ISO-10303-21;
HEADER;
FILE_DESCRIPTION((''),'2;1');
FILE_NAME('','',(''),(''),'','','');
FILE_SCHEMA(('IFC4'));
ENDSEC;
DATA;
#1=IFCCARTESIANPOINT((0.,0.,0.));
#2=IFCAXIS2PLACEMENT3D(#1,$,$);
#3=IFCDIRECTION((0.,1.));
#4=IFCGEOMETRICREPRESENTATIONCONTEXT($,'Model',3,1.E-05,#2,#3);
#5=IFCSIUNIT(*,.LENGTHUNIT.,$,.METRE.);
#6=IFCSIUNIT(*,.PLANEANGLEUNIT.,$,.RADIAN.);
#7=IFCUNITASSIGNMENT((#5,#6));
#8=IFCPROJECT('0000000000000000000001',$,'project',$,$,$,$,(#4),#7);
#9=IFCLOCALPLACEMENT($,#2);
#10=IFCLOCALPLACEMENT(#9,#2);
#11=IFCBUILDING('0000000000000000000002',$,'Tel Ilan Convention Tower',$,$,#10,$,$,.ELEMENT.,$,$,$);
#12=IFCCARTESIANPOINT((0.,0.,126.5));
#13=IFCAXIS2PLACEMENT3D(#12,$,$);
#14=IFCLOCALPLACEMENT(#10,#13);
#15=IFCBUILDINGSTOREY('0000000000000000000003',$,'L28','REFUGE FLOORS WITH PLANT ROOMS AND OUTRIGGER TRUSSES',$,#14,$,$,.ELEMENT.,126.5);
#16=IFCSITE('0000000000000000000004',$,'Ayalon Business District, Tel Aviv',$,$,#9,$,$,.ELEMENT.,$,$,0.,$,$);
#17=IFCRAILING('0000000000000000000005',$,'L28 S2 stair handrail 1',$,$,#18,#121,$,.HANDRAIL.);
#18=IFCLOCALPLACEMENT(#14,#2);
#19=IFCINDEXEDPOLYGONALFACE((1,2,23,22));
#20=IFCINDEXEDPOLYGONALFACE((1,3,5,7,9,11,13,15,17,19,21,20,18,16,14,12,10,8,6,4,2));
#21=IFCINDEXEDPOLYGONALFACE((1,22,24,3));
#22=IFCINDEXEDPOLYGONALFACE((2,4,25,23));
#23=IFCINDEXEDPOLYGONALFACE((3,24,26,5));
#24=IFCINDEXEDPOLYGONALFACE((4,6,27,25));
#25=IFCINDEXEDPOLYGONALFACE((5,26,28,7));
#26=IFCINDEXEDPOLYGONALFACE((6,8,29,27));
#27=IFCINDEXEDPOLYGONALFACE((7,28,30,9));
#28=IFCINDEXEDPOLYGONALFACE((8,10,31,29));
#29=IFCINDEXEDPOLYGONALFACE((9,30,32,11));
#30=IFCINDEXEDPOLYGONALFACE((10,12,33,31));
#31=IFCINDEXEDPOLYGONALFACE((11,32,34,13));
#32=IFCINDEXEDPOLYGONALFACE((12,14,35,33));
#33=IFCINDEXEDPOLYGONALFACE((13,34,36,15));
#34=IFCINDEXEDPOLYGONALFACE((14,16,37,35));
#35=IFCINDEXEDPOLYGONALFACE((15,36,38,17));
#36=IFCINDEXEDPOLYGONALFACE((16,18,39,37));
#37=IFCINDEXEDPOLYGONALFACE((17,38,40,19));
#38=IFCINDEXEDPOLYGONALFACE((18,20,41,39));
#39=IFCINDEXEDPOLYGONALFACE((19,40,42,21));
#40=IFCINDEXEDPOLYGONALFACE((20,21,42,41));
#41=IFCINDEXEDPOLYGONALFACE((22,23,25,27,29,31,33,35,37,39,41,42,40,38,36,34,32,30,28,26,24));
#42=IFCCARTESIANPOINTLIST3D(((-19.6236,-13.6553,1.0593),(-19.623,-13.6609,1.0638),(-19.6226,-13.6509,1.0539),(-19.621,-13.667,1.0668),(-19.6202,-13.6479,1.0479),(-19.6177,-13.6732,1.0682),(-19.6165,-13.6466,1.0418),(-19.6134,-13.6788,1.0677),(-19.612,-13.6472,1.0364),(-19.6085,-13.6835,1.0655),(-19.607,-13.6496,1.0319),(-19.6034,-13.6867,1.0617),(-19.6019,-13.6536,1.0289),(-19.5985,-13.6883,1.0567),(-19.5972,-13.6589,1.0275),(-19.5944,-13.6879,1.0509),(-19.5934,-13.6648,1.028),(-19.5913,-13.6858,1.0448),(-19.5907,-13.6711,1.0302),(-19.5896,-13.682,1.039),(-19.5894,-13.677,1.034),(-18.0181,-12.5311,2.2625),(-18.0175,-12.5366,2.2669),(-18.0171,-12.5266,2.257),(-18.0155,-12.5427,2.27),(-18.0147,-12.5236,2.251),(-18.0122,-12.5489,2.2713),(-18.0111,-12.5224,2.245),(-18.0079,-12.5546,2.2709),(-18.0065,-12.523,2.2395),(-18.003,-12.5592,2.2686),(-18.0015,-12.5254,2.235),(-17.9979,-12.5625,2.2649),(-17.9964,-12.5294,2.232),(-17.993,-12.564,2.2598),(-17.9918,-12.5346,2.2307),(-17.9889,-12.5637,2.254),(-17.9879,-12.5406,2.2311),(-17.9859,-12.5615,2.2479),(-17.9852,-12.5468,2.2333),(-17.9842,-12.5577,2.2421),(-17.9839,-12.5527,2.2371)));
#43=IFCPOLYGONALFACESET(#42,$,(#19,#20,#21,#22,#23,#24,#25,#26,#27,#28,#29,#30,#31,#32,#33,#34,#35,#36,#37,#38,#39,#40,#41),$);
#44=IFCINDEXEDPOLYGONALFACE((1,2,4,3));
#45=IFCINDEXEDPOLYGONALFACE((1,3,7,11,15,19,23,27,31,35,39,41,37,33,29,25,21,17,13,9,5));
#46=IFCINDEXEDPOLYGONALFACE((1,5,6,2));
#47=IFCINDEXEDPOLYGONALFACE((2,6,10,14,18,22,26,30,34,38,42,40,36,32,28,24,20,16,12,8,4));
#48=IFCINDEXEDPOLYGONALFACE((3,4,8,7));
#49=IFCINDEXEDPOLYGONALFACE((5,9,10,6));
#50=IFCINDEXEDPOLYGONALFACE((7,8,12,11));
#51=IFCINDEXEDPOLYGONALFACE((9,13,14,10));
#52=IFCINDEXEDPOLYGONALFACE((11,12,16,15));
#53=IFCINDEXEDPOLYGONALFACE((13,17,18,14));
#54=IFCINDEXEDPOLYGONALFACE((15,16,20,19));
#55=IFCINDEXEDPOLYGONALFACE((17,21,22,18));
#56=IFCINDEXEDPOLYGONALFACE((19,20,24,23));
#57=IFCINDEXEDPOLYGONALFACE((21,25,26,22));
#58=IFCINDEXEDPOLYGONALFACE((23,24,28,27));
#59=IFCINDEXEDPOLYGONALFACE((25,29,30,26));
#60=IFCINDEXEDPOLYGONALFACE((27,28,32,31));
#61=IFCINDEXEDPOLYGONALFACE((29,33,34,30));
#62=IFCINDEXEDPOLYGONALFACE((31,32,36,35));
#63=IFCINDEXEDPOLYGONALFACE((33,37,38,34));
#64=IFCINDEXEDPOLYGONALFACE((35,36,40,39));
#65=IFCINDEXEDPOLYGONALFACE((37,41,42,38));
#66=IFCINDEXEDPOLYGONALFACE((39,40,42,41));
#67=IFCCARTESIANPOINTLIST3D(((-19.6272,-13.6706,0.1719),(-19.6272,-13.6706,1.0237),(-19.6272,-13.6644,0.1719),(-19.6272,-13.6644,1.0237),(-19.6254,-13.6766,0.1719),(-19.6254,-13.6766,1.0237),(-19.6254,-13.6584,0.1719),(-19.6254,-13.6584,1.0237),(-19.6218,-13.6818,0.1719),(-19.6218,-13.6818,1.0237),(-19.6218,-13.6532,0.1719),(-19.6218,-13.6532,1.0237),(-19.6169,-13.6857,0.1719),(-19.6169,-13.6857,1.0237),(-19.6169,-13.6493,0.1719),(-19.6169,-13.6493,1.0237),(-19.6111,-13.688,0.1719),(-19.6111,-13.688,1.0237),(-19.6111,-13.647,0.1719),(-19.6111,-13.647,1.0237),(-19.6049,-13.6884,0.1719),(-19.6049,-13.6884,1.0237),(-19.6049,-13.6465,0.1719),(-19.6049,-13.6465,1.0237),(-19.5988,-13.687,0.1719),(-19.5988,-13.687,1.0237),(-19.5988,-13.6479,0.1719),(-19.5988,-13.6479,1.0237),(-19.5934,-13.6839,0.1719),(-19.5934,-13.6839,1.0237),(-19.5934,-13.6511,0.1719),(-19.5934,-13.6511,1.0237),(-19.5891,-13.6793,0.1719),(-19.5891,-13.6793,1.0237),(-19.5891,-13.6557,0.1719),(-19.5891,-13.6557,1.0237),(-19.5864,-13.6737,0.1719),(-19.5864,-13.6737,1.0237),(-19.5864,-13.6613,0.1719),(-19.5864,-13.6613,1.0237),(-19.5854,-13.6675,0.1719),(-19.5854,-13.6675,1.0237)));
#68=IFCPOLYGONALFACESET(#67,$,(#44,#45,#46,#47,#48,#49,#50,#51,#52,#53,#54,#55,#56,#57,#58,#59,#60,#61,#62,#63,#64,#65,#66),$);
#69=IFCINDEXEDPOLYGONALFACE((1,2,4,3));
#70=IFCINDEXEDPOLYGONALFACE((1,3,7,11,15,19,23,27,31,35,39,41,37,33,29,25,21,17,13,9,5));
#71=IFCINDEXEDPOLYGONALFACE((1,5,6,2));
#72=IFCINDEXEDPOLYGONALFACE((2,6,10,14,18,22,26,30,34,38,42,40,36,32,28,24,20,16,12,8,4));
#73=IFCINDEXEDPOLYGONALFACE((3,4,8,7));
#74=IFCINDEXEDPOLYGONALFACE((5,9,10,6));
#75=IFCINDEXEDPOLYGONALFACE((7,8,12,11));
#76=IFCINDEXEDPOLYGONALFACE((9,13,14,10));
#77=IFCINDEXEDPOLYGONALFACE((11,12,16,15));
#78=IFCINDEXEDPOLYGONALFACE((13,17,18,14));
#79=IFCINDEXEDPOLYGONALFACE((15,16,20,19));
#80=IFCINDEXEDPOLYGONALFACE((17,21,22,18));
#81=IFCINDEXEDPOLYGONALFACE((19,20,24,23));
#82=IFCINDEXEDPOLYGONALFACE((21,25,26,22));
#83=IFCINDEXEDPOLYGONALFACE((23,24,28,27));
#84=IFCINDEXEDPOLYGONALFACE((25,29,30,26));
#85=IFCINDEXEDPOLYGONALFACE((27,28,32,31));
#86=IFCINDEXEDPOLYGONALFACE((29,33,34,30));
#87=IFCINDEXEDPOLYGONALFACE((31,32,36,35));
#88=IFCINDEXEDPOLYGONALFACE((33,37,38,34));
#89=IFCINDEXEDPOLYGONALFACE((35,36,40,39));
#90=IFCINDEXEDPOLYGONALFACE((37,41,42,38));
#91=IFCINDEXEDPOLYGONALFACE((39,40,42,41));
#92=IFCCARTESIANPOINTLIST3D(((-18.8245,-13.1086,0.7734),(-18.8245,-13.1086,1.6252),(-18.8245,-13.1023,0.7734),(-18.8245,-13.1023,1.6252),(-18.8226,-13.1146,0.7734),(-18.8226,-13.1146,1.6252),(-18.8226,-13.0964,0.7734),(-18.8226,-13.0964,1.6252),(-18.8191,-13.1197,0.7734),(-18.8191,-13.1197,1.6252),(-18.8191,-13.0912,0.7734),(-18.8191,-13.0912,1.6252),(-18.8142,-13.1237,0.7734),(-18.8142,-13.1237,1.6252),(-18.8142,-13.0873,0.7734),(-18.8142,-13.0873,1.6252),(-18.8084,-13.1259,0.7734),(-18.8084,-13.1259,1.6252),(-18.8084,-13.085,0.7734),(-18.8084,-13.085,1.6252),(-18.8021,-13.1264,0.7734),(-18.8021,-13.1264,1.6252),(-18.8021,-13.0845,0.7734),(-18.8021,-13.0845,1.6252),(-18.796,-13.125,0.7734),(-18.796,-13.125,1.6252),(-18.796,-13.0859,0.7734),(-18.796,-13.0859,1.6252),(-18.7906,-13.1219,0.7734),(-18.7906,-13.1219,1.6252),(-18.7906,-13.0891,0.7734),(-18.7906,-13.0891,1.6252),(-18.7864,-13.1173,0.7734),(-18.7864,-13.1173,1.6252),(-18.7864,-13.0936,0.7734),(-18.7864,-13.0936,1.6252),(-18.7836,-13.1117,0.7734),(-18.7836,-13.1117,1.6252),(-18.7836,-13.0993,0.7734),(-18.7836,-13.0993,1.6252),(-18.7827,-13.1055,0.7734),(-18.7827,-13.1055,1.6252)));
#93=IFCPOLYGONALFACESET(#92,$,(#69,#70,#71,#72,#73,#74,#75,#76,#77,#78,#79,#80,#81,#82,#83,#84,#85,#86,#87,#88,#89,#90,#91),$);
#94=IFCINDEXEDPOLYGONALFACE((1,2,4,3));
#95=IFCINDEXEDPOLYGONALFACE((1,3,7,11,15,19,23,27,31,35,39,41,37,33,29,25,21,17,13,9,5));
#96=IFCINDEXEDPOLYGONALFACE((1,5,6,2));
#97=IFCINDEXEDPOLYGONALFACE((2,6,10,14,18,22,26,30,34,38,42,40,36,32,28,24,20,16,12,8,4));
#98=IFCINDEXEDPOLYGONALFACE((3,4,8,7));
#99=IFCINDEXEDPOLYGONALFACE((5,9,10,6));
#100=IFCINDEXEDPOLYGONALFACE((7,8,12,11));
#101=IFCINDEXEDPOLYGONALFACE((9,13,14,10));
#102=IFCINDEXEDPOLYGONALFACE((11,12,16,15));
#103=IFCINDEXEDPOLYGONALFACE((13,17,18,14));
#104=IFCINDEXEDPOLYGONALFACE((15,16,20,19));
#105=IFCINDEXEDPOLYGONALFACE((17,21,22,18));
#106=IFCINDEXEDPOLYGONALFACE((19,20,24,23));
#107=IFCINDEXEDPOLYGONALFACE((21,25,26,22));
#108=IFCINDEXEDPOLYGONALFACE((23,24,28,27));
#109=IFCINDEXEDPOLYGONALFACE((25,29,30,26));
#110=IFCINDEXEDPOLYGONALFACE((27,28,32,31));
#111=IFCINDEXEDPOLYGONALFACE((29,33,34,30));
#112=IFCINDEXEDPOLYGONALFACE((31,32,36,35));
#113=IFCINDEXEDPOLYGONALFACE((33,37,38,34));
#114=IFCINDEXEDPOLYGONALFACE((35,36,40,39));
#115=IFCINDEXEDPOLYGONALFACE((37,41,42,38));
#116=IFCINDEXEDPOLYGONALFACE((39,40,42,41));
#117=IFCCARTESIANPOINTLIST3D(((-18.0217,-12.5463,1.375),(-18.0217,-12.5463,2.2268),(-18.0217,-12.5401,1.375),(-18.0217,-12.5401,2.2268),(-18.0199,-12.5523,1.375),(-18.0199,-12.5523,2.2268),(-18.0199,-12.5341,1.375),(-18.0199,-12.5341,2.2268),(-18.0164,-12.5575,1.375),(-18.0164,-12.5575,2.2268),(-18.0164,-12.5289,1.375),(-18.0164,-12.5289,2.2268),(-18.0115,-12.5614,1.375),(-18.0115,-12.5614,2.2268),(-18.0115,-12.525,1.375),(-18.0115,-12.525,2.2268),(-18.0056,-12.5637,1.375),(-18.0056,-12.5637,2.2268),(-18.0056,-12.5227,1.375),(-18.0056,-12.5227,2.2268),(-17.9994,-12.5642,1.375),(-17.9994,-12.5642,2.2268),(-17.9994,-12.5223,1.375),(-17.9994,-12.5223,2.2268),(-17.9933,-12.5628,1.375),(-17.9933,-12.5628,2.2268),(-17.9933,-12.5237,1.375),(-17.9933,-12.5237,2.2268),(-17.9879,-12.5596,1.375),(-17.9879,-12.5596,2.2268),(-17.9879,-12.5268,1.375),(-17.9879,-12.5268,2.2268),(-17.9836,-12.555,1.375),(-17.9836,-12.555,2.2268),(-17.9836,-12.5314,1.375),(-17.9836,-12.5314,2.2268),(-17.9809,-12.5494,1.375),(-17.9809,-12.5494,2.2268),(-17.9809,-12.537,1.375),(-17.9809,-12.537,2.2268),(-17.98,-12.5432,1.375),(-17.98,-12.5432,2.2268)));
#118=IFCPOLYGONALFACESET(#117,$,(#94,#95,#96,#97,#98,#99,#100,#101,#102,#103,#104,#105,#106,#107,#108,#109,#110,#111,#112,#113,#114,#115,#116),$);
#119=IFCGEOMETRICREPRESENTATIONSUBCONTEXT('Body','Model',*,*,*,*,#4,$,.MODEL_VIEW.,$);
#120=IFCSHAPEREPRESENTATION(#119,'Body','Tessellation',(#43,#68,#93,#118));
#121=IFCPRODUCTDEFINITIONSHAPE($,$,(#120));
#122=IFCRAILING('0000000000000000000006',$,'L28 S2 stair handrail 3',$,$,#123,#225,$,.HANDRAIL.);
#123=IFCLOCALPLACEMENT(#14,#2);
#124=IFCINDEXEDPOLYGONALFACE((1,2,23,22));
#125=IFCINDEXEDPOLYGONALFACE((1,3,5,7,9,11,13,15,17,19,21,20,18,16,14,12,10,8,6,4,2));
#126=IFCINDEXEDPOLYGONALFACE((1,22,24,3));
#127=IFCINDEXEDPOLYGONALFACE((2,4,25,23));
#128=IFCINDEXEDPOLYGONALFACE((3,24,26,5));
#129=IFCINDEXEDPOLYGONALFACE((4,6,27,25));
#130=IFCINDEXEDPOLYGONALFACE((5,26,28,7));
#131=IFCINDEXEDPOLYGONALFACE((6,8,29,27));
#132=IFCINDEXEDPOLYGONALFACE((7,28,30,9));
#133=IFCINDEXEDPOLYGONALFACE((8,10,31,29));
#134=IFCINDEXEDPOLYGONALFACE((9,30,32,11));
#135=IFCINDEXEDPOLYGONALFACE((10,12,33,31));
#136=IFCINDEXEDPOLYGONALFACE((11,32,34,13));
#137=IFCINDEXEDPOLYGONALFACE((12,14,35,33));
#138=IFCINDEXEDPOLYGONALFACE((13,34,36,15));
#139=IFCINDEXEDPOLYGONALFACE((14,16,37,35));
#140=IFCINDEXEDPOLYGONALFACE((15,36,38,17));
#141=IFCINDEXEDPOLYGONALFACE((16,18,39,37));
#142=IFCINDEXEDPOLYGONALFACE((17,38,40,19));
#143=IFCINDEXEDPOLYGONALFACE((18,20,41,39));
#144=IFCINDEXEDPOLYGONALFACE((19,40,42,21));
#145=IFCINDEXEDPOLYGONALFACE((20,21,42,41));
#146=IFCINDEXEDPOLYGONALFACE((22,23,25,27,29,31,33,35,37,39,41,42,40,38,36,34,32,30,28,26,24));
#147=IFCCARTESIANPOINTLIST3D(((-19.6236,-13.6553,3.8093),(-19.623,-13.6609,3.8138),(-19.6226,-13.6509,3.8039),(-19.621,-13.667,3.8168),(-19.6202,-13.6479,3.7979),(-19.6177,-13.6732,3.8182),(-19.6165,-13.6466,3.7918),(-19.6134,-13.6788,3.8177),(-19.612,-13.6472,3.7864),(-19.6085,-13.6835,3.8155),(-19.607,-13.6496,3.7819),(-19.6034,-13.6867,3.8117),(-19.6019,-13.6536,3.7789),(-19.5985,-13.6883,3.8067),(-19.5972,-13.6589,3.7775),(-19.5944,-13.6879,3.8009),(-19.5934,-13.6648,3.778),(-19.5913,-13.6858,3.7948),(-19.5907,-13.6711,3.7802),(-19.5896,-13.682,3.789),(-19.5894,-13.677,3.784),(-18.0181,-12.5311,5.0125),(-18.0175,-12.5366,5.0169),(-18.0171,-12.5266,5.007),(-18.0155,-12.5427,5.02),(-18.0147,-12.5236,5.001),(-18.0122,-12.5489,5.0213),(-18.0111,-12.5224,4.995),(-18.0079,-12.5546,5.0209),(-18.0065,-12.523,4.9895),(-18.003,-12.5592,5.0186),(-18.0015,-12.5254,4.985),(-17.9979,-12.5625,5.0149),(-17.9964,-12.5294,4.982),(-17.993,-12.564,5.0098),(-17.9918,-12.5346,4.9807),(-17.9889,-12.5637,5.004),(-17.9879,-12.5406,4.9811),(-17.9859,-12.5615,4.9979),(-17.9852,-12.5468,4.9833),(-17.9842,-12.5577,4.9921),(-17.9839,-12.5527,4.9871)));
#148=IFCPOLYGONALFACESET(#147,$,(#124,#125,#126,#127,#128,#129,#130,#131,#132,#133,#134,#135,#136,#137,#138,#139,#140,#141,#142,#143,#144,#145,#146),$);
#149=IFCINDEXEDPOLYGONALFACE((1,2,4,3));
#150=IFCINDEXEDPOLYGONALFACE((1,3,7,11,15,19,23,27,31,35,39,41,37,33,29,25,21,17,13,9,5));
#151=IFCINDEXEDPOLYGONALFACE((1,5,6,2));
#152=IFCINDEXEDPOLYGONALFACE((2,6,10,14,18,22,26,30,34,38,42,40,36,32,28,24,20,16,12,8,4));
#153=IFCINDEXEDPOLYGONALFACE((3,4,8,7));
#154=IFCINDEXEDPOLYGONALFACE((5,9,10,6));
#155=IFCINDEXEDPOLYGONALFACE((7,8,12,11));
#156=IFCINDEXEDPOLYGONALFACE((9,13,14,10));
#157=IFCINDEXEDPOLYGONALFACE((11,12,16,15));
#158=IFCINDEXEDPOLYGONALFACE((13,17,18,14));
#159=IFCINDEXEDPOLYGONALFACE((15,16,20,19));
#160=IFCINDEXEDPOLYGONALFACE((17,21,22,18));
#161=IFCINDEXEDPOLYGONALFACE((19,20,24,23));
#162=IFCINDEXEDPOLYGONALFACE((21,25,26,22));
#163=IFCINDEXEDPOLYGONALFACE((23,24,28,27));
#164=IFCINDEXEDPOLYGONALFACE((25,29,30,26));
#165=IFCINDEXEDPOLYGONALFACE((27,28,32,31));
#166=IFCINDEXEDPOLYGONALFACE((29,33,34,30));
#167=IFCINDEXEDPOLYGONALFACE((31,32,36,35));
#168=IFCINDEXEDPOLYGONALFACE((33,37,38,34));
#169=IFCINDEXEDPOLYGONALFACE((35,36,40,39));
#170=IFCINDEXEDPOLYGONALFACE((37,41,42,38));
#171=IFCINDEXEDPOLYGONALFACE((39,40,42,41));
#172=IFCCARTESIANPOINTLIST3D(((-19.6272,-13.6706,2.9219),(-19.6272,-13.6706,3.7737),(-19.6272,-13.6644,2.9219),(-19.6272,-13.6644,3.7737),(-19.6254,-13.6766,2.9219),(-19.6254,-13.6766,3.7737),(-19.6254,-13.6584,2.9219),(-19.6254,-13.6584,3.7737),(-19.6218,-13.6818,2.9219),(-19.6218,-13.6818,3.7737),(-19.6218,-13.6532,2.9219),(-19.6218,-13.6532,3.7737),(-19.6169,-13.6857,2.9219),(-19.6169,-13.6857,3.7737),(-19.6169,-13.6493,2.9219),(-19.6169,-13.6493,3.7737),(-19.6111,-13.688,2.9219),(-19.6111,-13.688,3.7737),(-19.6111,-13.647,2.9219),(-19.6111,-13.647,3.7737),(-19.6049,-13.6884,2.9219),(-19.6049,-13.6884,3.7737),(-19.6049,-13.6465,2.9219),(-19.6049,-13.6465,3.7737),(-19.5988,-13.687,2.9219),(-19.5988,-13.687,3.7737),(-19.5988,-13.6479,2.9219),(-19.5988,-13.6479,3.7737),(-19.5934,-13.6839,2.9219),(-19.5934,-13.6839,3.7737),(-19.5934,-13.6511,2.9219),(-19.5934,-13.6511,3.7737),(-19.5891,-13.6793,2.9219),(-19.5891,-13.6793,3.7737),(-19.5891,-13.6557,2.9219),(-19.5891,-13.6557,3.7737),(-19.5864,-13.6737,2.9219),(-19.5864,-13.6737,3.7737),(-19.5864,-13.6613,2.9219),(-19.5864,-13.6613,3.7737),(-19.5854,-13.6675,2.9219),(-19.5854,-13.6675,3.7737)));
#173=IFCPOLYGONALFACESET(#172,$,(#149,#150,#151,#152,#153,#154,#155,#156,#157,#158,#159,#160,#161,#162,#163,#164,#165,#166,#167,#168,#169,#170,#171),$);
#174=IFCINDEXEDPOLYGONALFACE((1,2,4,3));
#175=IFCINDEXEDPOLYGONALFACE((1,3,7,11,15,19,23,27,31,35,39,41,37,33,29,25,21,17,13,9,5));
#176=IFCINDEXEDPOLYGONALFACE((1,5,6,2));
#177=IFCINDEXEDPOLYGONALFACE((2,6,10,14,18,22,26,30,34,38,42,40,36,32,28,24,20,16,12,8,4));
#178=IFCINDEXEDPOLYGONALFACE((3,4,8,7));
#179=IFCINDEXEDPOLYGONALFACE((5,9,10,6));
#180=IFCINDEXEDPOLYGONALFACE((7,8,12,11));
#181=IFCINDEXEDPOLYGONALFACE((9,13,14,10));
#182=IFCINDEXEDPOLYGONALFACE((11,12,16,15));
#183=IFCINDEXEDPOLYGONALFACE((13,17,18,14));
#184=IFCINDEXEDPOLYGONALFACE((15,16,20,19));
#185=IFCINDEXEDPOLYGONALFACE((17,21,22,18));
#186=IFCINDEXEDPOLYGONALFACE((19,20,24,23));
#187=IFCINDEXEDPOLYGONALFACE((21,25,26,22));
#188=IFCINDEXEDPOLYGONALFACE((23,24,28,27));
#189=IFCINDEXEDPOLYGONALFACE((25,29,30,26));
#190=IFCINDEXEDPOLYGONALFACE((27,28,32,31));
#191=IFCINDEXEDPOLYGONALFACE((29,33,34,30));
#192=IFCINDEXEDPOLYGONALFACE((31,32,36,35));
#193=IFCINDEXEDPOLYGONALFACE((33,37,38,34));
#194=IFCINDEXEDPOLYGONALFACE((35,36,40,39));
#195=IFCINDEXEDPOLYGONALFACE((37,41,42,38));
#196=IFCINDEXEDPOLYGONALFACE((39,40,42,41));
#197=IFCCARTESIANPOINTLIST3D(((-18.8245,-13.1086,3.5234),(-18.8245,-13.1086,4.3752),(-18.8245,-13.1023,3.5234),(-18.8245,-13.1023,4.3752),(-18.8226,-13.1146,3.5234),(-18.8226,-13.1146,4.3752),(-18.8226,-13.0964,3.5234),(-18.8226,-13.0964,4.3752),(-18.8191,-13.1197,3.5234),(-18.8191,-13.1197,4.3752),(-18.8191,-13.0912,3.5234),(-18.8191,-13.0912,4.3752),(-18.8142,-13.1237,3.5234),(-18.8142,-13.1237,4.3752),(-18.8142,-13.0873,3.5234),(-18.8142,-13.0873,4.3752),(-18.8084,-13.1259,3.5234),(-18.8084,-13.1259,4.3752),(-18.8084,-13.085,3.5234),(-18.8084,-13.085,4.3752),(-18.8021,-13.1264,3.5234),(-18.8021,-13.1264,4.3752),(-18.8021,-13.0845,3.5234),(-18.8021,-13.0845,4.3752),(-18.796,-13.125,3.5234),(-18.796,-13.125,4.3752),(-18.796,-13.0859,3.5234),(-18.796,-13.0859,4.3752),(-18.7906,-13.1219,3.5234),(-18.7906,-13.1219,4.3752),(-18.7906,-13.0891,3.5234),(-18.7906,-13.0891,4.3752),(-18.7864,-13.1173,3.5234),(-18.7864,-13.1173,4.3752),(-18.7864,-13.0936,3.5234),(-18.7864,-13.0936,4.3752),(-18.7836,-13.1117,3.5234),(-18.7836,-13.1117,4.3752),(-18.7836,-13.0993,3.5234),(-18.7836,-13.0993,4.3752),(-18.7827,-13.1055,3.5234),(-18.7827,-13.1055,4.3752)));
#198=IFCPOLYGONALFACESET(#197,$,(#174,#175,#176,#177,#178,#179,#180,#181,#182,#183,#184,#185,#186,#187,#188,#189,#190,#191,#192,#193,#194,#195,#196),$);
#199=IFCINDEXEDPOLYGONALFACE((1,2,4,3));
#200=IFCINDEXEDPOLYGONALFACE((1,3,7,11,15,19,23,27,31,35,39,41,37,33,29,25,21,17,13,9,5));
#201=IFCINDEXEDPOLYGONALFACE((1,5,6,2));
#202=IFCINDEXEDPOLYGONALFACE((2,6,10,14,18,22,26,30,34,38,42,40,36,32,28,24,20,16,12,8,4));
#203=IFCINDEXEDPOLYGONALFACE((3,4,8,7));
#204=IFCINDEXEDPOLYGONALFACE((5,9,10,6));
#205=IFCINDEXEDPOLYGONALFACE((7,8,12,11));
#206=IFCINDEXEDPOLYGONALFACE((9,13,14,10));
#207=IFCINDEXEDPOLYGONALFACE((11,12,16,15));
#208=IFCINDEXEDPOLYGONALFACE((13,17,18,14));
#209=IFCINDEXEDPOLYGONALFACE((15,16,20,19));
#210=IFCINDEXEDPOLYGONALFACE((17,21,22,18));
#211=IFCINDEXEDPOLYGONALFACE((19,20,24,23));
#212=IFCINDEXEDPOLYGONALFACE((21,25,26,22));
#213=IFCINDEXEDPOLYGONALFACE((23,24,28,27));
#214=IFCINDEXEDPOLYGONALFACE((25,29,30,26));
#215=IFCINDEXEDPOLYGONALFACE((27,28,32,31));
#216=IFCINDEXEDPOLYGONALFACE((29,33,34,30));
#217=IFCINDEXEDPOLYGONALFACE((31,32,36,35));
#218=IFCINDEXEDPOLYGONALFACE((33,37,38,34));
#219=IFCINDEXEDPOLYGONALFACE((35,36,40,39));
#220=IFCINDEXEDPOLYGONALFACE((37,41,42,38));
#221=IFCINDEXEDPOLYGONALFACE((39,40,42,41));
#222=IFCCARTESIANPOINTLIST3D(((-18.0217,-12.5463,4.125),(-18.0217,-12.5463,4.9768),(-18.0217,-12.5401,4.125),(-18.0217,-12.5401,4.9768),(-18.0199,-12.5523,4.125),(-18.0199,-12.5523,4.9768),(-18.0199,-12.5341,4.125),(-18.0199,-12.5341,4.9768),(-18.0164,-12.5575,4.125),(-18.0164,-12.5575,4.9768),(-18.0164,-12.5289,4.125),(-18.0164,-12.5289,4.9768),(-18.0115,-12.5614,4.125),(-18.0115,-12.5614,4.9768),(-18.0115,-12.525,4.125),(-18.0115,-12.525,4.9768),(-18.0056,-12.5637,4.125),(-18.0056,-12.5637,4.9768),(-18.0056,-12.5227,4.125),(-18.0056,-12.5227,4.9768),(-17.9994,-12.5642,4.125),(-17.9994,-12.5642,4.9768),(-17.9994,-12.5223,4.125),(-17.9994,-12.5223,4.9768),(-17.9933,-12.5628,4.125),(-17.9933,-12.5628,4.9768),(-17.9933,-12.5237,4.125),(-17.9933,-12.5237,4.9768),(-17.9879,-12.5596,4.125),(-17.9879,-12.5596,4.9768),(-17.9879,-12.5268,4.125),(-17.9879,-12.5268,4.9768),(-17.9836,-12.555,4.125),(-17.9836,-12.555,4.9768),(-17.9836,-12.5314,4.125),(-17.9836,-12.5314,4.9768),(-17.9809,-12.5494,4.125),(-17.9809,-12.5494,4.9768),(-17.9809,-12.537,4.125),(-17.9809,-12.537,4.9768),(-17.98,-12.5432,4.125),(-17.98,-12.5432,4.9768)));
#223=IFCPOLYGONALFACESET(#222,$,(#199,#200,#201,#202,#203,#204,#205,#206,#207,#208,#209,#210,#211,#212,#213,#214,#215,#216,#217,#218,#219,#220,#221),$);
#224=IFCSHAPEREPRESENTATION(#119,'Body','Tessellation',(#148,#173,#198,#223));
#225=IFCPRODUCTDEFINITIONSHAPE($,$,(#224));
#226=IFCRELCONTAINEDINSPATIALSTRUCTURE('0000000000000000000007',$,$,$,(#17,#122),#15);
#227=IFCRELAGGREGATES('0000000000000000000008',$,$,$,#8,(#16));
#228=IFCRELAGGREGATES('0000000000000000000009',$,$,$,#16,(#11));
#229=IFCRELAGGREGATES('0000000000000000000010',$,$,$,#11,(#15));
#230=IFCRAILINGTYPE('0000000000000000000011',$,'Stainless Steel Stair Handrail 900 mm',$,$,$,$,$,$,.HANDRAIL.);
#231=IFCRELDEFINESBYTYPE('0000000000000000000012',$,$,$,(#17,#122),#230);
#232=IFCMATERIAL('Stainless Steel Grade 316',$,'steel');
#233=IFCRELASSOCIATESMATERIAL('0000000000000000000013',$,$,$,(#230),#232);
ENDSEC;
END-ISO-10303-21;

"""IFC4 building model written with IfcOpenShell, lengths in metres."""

from ifc_helpers import new_model, si_unit, direction, frame, origin, origin_2d, place, context, subcontext, project, spatial, circle, extrude, material, type_object, element, save


model = new_model("IFC4")

# Units and contexts
model_context = context("Model", 3, precision=1e-05, world=origin(), true_north=direction((0.0, 1.0)))
body_context = subcontext(model_context, "Body", "Model", "MODEL_VIEW")
ifc_project = project(units=[si_unit("LENGTHUNIT", "METRE"), si_unit("PLANEANGLEUNIT", "RADIAN")], contexts=[model_context])

# Site, building, storey
site_placement = place(None, origin())
site = spatial("IfcSite", under=ifc_project, at=site_placement, Name="Ayalon Business District, Tel Aviv", CompositionType="ELEMENT", RefElevation=0.0)
building_placement = place(site_placement, origin())
building = spatial("IfcBuilding", under=site, at=building_placement, Name="Tel Ilan Convention Tower", CompositionType="ELEMENT")
storey_placement = place(building_placement, frame((0.0, 0.0, 126.5)))
storey = spatial("IfcBuildingStorey", under=building, at=storey_placement, Name="L28", Description="REFUGE FLOORS WITH PLANT ROOMS AND OUTRIGGER TRUSSES", CompositionType="ELEMENT", Elevation=126.5)

# Railings
ifc_material_1 = material(Name="Stainless Steel Grade 316", Category="steel")
railing_type_1 = type_object("IfcRailingType", Name="Stainless Steel Stair Handrail 900 mm", PredefinedType="HANDRAIL", material=ifc_material_1)
for number, where, name in (
    (1, (-19.6064, -13.6675, 0.1719), "L28 S2 stair handrail 1"),
    (2, (-19.6064, -13.6675, 2.9219), "L28 S2 stair handrail 3"),
):
    element("IfcRailing", number, at=place(storey_placement, frame(where)), inside=storey, type_object=railing_type_1, Name=name, PredefinedType="HANDRAIL", context=body_context, shape_type="SweptSolid", body=[
        extrude(circle(Radius=0.0239, at=origin_2d()), frame((0.0, 0.0, 0.876), z_axis=(0.698095, 0.488857, 0.523146), x_axis=(-0.573613, 0.819127, 0.0)), (0.0, 0.0, 1.0), 2.2998),
        extrude(circle(Radius=0.021, at=origin_2d()), origin(), (0.0, 0.0, 1.0), 0.8518),
        extrude(circle(Radius=0.021, at=origin_2d()), frame((0.8027, 0.562, 0.6016)), (0.0, 0.0, 1.0), 0.8518),
        extrude(circle(Radius=0.021, at=origin_2d()), frame((1.6055, 1.1243, 1.2031)), (0.0, 0.0, 1.0), 0.8518),
    ])

save(model, "model.ifc")
